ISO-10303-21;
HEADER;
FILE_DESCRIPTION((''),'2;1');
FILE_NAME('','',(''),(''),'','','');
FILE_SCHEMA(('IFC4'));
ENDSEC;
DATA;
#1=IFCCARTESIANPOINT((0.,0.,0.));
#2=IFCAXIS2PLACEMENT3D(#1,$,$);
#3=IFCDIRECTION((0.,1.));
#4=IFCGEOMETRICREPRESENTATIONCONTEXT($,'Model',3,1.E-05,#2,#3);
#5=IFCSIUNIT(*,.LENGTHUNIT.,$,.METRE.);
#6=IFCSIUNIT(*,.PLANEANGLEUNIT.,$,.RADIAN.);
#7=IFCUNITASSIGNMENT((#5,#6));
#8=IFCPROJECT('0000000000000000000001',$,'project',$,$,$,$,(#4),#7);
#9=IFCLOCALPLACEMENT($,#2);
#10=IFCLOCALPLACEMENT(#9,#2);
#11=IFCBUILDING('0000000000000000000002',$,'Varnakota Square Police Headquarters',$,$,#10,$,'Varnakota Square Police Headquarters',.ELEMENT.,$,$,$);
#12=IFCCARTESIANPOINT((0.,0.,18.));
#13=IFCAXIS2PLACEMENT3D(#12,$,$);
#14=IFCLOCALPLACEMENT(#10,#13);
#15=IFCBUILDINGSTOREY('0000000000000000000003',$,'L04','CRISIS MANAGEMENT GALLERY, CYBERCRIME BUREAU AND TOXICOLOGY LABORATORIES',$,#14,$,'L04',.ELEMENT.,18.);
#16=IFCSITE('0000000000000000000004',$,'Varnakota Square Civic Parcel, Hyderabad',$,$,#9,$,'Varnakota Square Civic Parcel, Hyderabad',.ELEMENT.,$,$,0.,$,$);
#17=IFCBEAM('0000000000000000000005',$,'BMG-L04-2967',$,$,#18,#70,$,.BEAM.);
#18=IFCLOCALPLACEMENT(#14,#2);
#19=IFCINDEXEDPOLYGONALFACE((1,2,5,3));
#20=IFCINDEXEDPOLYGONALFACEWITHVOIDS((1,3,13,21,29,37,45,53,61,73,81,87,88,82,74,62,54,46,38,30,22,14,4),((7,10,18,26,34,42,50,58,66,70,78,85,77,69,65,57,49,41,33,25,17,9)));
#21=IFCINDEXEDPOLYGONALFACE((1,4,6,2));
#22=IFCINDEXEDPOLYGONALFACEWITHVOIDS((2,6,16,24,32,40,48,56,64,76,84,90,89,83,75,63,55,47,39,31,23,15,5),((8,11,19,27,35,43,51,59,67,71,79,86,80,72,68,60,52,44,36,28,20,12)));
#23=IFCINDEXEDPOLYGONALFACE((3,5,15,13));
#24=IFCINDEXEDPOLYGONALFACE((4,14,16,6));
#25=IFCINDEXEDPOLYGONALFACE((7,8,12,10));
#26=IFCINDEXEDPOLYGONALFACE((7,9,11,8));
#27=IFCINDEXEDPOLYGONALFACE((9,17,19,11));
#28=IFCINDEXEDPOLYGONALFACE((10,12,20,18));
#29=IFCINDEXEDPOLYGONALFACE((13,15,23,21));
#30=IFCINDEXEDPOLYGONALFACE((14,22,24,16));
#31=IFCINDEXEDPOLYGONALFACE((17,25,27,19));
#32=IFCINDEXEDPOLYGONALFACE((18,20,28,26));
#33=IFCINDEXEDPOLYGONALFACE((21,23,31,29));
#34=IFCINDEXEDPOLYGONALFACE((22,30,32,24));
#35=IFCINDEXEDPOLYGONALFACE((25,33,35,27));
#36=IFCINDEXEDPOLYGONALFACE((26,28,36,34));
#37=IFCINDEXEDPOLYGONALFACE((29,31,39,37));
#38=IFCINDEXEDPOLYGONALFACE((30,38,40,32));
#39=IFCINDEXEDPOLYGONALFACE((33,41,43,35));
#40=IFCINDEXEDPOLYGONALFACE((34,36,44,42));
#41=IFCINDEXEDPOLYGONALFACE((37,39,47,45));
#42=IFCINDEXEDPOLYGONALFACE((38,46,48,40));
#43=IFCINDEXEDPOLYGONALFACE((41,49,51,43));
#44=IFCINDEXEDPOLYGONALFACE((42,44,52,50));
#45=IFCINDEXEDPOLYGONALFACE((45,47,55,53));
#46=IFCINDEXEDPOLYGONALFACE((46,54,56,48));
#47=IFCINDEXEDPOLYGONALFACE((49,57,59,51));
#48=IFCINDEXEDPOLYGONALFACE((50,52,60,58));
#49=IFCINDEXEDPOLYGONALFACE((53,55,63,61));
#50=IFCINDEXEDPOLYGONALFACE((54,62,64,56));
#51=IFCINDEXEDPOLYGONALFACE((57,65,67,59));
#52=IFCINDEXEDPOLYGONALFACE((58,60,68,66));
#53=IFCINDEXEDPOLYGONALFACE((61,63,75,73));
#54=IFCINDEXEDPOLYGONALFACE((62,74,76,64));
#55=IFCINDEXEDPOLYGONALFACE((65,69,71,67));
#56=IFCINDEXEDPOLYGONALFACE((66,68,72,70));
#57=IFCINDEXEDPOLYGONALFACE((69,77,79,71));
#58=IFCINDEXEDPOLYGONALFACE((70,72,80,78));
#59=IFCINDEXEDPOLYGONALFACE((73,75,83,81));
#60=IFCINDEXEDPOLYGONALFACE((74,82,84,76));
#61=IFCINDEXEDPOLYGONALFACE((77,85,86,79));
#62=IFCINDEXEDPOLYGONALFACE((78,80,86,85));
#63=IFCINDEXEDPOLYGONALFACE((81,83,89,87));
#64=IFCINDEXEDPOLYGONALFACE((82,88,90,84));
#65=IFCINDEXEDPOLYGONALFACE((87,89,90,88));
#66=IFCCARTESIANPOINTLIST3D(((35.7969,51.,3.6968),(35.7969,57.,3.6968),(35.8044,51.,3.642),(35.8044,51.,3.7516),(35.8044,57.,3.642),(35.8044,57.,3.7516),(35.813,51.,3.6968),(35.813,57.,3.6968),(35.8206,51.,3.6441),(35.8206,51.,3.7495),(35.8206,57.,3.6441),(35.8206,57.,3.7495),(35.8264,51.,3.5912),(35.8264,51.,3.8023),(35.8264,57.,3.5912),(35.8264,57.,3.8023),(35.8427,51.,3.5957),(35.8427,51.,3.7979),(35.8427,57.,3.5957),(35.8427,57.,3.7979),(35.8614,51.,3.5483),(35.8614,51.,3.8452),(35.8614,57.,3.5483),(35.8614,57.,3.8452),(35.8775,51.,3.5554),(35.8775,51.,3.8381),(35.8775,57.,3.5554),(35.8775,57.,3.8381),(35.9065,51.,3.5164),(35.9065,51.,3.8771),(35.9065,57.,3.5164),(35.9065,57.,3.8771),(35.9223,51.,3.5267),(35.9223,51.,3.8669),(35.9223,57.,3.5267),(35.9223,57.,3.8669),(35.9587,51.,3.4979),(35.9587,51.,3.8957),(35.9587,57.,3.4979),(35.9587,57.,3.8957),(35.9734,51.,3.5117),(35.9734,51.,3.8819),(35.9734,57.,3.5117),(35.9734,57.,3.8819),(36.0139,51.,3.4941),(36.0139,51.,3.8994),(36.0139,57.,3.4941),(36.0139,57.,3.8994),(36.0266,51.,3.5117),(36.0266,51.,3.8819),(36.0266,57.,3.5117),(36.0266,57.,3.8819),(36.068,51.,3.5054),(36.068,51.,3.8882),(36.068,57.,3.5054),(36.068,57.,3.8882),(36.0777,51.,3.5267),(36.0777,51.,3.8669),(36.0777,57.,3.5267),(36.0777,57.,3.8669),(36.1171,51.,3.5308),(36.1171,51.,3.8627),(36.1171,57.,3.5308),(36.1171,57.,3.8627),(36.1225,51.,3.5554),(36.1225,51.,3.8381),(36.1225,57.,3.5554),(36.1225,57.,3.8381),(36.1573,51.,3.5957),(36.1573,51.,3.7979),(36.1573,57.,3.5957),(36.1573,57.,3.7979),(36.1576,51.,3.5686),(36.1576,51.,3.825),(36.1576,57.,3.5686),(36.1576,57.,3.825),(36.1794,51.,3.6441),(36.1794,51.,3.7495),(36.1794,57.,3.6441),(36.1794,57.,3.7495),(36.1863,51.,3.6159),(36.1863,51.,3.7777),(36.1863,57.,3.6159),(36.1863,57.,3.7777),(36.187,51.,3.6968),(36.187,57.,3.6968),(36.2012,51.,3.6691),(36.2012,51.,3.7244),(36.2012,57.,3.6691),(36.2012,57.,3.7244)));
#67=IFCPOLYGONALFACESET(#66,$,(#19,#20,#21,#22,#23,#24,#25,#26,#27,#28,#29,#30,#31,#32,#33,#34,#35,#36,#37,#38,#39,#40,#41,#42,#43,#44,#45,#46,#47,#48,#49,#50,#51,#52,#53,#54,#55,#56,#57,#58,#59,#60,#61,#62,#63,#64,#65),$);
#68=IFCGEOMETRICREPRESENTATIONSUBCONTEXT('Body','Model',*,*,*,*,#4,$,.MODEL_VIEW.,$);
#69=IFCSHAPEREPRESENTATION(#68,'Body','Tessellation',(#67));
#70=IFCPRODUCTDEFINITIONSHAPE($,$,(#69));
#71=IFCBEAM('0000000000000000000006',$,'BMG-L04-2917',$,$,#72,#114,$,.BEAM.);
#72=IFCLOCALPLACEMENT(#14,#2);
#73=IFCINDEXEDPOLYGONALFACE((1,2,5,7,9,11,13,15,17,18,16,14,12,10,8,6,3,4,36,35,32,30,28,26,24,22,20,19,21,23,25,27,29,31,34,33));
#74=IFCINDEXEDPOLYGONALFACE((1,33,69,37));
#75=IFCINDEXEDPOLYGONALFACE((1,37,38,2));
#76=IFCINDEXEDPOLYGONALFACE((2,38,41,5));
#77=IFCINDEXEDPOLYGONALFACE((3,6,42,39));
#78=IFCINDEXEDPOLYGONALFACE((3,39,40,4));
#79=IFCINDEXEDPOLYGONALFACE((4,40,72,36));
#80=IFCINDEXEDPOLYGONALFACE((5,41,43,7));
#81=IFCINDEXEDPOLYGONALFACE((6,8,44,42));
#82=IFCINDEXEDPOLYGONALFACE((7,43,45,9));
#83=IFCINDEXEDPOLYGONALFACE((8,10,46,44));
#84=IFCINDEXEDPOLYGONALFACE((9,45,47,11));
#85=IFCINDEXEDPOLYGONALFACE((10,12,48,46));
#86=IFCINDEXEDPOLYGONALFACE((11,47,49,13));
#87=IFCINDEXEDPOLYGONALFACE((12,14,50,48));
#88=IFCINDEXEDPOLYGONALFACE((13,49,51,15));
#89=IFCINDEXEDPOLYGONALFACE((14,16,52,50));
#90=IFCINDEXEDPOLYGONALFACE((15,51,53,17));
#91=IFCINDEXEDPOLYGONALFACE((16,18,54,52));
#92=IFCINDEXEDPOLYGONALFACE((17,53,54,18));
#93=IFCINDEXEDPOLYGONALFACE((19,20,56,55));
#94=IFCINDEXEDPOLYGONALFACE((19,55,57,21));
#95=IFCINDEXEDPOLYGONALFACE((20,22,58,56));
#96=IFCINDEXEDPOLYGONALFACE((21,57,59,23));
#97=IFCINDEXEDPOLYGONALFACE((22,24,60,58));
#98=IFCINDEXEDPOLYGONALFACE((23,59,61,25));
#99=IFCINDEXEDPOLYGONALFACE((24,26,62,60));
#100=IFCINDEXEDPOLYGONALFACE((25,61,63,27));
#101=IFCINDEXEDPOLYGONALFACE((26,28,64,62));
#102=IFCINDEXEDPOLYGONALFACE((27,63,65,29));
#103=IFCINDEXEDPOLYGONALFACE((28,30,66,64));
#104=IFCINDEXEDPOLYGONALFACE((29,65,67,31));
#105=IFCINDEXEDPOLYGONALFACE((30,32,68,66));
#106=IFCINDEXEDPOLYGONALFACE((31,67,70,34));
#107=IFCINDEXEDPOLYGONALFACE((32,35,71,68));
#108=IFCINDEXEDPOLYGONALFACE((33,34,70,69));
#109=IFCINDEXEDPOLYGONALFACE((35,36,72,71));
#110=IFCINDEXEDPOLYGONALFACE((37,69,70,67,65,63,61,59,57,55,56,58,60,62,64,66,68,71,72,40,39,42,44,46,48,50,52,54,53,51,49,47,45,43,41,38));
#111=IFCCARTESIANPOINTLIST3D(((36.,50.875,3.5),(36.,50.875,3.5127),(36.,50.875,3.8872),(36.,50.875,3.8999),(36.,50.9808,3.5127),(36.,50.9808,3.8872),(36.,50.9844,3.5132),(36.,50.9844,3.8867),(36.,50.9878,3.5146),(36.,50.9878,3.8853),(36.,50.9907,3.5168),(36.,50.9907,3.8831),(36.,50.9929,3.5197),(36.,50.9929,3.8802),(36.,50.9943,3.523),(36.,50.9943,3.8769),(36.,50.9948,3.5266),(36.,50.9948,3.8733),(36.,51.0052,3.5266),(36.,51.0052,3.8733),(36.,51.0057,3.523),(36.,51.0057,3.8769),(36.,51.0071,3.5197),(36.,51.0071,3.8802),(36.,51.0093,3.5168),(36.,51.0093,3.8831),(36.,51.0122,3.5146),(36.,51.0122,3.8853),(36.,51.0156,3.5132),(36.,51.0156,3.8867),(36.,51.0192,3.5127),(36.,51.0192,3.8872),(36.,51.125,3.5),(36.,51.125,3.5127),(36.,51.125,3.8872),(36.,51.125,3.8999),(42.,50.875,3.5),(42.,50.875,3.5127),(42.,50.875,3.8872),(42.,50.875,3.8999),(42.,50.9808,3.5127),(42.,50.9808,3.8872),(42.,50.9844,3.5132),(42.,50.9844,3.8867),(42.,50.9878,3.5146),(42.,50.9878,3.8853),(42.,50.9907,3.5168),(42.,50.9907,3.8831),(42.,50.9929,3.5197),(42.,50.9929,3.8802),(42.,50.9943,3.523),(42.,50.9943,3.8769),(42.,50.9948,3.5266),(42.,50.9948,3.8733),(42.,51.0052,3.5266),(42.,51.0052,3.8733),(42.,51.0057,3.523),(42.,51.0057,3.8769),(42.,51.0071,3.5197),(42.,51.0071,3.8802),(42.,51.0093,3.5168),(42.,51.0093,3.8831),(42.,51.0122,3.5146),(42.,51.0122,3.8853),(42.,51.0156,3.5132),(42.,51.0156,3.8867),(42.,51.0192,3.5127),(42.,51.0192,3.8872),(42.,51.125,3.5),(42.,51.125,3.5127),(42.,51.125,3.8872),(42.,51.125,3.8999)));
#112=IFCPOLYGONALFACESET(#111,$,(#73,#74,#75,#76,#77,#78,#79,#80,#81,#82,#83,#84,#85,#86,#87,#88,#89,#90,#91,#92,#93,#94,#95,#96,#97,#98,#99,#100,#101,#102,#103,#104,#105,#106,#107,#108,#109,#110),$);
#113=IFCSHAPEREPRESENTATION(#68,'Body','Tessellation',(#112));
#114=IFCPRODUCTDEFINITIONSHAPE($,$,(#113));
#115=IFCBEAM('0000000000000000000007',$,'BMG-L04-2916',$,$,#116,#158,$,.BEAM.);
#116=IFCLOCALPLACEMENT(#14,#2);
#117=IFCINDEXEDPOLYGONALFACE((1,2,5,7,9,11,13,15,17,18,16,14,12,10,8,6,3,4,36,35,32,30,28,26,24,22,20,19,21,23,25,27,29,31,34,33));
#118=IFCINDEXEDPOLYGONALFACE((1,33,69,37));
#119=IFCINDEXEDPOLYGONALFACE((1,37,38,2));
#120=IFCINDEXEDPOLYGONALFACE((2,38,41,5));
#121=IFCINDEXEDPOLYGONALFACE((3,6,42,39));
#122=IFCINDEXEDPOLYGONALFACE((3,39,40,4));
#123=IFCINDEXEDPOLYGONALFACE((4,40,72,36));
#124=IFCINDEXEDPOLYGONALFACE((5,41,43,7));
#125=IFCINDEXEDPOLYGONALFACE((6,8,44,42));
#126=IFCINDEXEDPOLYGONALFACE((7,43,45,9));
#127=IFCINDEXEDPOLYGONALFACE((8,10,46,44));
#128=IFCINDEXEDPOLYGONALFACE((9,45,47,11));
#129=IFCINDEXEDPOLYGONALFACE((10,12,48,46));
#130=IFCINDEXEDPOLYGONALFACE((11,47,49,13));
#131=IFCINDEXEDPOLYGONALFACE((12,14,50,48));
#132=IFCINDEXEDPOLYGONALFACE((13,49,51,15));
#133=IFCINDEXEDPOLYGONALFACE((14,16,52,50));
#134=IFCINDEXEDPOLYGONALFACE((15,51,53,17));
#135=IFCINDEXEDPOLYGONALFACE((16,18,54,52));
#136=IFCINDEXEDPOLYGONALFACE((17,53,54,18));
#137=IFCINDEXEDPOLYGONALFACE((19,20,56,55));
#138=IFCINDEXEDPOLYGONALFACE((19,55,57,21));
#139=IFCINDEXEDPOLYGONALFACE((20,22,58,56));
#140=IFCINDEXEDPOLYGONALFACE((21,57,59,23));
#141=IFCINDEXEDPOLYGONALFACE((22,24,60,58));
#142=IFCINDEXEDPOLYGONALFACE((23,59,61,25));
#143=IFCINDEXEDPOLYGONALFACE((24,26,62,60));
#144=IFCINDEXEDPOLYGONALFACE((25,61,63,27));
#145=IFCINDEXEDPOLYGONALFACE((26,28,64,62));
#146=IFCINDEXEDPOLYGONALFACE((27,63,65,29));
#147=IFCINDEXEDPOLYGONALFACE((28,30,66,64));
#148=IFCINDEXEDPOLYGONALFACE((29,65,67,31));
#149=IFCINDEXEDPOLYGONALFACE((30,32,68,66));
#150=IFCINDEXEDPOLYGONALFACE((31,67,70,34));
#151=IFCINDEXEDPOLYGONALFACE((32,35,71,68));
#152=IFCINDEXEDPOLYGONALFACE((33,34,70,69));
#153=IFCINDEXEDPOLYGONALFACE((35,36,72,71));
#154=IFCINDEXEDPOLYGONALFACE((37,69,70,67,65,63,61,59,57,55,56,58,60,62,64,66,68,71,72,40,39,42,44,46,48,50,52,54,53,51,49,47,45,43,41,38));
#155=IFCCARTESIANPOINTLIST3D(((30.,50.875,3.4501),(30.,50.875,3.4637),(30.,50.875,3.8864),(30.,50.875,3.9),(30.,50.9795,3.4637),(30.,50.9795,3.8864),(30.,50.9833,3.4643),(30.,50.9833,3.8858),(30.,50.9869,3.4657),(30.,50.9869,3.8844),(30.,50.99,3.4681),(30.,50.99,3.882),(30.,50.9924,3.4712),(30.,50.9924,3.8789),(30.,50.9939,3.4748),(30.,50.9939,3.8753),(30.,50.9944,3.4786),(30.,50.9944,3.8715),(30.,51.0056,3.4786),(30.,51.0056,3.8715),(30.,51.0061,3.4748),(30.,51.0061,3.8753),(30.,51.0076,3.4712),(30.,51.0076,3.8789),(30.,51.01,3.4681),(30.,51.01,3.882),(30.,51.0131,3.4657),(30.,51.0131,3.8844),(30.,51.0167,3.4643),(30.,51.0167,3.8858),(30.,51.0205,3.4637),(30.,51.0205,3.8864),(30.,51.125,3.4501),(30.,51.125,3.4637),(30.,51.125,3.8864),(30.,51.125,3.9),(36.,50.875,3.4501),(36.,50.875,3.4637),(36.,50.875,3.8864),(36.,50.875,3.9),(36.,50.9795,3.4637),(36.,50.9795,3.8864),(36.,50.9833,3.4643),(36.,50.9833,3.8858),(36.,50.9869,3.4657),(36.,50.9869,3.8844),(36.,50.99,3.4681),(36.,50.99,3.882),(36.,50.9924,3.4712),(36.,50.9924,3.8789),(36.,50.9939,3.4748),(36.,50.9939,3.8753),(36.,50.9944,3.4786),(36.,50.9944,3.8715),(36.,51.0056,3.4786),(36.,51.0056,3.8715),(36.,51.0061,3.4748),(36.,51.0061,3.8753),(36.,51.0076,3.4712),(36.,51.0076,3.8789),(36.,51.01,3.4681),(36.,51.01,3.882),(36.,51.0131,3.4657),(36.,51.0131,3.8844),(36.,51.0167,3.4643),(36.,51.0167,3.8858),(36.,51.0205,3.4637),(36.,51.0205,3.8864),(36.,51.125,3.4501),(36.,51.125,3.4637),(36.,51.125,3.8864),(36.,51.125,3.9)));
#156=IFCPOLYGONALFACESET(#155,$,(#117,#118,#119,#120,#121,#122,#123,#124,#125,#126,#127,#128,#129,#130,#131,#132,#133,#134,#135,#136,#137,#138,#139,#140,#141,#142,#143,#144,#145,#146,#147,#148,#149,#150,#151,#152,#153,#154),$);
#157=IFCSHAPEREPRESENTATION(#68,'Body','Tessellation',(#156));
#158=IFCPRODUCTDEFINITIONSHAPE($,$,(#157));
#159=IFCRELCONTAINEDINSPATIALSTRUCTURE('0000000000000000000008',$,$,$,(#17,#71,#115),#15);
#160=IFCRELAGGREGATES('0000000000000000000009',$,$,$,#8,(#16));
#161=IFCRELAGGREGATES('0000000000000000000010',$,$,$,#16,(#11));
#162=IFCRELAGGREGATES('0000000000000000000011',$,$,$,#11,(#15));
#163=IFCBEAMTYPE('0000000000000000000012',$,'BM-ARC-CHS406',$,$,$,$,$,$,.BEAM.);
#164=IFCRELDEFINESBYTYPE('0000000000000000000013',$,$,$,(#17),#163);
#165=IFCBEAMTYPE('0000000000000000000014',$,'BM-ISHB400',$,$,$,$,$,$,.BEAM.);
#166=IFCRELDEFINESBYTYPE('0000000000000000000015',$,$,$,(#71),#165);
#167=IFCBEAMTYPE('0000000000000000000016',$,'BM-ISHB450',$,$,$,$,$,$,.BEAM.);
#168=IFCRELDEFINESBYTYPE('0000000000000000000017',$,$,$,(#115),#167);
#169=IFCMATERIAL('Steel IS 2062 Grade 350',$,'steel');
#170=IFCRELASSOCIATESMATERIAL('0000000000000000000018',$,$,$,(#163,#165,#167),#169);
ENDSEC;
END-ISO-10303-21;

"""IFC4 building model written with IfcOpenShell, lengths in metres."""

from ifc_helpers import new_model, si_unit, direction, frame, origin, origin_2d, place, context, subcontext, project, spatial, hollow_circle, i_section, extrude, material, material_profile, profile_set, type_object, element, save


model = new_model("IFC4")

# Units and contexts
model_context = context("Model", 3, precision=1e-05, world=origin(), true_north=direction((0.0, 1.0)))
body_context = subcontext(model_context, "Body", "Model", "MODEL_VIEW")
ifc_project = project(units=[si_unit("LENGTHUNIT", "METRE"), si_unit("PLANEANGLEUNIT", "RADIAN")], contexts=[model_context])

# Site, building, storey
site_placement = place(None, origin())
site = spatial("IfcSite", under=ifc_project, at=site_placement, Name="Varnakota Square Civic Parcel, Hyderabad", LongName="Varnakota Square Civic Parcel, Hyderabad", CompositionType="ELEMENT", RefElevation=0.0)
building_placement = place(site_placement, origin())
building = spatial("IfcBuilding", under=site, at=building_placement, Name="Varnakota Square Police Headquarters", LongName="Varnakota Square Police Headquarters", CompositionType="ELEMENT")
storey_placement = place(building_placement, frame((0.0, 0.0, 18.0)))
storey = spatial("IfcBuildingStorey", under=building, at=storey_placement, Name="L04", Description="CRISIS MANAGEMENT GALLERY, CYBERCRIME BUREAU AND TOXICOLOGY LABORATORIES", LongName="L04", CompositionType="ELEMENT", Elevation=18.0)

# Shared definitions
ifc_material_1 = material(Name="Steel IS 2062 Grade 350", Category="steel")

# Beams
ifc_material_profile_1 = material_profile(ifc_material_1, hollow_circle(Radius=0.2031, WallThickness=0.0161, at=origin_2d()), Name="CHS 406.4x16.0")
ifc_profile_set_1 = profile_set([ifc_material_profile_1], Name="Steel IS 2062 Grade 350")
beam_type_1 = type_object("IfcBeamType", Name="BM-ARC-CHS406", PredefinedType="BEAM", material=ifc_profile_set_1)
for number, where, z_axis, x_axis, name in (
    (1, (36.0, 51.0, 3.6968), (0.0, 1.0, 0.0), (-1.0, 0.0, 0.0), "BMG-L04-2967"),
):
    element("IfcBeam", number, at=place(storey_placement, frame(where, z_axis=z_axis, x_axis=x_axis)), inside=storey, type_object=beam_type_1, Name=name, PredefinedType="BEAM", context=body_context, shape_type="SweptSolid", body=[
        extrude(hollow_circle(Radius=0.2031, WallThickness=0.0161, at=origin_2d()), origin(), (0.0, 0.0, 1.0), 6.0),
    ])
ifc_material_profile_2 = material_profile(ifc_material_1, i_section(OverallWidth=0.25, OverallDepth=0.3999, WebThickness=0.0105, FlangeThickness=0.0127, FilletRadius=0.0139, at=origin_2d()), Name="ISHB 400")
ifc_profile_set_2 = profile_set([ifc_material_profile_2], Name="Steel IS 2062 Grade 350")
beam_type_2 = type_object("IfcBeamType", Name="BM-ISHB400", PredefinedType="BEAM", material=ifc_profile_set_2)
beam_1_placement = place(storey_placement, frame((36.0, 51.0, 3.7), z_axis=(1.0, 0.0, 0.0), x_axis=(0.0, 1.0, 0.0)))
element("IfcBeam", 2, at=beam_1_placement, inside=storey, type_object=beam_type_2, Name="BMG-L04-2917", PredefinedType="BEAM", context=body_context, shape_type="SweptSolid", body=[
    extrude(i_section(OverallWidth=0.25, OverallDepth=0.3999, WebThickness=0.0105, FlangeThickness=0.0127, FilletRadius=0.0139, at=origin_2d()), origin(), (0.0, 0.0, 1.0), 6.0),
])
ifc_material_profile_3 = material_profile(ifc_material_1, i_section(OverallWidth=0.25, OverallDepth=0.45, WebThickness=0.0112, FlangeThickness=0.0137, FilletRadius=0.0149, at=origin_2d()), Name="ISHB 450")
ifc_profile_set_3 = profile_set([ifc_material_profile_3], Name="Steel IS 2062 Grade 350")
beam_type_3 = type_object("IfcBeamType", Name="BM-ISHB450", PredefinedType="BEAM", material=ifc_profile_set_3)
beam_2_placement = place(storey_placement, frame((30.0, 51.0, 3.675), z_axis=(1.0, 0.0, 0.0), x_axis=(0.0, 1.0, 0.0)))
element("IfcBeam", 3, at=beam_2_placement, inside=storey, type_object=beam_type_3, Name="BMG-L04-2916", PredefinedType="BEAM", context=body_context, shape_type="SweptSolid", body=[
    extrude(i_section(OverallWidth=0.25, OverallDepth=0.45, WebThickness=0.0112, FlangeThickness=0.0137, FilletRadius=0.0149, at=origin_2d()), origin(), (0.0, 0.0, 1.0), 6.0),
])

save(model, "model.ifc")
